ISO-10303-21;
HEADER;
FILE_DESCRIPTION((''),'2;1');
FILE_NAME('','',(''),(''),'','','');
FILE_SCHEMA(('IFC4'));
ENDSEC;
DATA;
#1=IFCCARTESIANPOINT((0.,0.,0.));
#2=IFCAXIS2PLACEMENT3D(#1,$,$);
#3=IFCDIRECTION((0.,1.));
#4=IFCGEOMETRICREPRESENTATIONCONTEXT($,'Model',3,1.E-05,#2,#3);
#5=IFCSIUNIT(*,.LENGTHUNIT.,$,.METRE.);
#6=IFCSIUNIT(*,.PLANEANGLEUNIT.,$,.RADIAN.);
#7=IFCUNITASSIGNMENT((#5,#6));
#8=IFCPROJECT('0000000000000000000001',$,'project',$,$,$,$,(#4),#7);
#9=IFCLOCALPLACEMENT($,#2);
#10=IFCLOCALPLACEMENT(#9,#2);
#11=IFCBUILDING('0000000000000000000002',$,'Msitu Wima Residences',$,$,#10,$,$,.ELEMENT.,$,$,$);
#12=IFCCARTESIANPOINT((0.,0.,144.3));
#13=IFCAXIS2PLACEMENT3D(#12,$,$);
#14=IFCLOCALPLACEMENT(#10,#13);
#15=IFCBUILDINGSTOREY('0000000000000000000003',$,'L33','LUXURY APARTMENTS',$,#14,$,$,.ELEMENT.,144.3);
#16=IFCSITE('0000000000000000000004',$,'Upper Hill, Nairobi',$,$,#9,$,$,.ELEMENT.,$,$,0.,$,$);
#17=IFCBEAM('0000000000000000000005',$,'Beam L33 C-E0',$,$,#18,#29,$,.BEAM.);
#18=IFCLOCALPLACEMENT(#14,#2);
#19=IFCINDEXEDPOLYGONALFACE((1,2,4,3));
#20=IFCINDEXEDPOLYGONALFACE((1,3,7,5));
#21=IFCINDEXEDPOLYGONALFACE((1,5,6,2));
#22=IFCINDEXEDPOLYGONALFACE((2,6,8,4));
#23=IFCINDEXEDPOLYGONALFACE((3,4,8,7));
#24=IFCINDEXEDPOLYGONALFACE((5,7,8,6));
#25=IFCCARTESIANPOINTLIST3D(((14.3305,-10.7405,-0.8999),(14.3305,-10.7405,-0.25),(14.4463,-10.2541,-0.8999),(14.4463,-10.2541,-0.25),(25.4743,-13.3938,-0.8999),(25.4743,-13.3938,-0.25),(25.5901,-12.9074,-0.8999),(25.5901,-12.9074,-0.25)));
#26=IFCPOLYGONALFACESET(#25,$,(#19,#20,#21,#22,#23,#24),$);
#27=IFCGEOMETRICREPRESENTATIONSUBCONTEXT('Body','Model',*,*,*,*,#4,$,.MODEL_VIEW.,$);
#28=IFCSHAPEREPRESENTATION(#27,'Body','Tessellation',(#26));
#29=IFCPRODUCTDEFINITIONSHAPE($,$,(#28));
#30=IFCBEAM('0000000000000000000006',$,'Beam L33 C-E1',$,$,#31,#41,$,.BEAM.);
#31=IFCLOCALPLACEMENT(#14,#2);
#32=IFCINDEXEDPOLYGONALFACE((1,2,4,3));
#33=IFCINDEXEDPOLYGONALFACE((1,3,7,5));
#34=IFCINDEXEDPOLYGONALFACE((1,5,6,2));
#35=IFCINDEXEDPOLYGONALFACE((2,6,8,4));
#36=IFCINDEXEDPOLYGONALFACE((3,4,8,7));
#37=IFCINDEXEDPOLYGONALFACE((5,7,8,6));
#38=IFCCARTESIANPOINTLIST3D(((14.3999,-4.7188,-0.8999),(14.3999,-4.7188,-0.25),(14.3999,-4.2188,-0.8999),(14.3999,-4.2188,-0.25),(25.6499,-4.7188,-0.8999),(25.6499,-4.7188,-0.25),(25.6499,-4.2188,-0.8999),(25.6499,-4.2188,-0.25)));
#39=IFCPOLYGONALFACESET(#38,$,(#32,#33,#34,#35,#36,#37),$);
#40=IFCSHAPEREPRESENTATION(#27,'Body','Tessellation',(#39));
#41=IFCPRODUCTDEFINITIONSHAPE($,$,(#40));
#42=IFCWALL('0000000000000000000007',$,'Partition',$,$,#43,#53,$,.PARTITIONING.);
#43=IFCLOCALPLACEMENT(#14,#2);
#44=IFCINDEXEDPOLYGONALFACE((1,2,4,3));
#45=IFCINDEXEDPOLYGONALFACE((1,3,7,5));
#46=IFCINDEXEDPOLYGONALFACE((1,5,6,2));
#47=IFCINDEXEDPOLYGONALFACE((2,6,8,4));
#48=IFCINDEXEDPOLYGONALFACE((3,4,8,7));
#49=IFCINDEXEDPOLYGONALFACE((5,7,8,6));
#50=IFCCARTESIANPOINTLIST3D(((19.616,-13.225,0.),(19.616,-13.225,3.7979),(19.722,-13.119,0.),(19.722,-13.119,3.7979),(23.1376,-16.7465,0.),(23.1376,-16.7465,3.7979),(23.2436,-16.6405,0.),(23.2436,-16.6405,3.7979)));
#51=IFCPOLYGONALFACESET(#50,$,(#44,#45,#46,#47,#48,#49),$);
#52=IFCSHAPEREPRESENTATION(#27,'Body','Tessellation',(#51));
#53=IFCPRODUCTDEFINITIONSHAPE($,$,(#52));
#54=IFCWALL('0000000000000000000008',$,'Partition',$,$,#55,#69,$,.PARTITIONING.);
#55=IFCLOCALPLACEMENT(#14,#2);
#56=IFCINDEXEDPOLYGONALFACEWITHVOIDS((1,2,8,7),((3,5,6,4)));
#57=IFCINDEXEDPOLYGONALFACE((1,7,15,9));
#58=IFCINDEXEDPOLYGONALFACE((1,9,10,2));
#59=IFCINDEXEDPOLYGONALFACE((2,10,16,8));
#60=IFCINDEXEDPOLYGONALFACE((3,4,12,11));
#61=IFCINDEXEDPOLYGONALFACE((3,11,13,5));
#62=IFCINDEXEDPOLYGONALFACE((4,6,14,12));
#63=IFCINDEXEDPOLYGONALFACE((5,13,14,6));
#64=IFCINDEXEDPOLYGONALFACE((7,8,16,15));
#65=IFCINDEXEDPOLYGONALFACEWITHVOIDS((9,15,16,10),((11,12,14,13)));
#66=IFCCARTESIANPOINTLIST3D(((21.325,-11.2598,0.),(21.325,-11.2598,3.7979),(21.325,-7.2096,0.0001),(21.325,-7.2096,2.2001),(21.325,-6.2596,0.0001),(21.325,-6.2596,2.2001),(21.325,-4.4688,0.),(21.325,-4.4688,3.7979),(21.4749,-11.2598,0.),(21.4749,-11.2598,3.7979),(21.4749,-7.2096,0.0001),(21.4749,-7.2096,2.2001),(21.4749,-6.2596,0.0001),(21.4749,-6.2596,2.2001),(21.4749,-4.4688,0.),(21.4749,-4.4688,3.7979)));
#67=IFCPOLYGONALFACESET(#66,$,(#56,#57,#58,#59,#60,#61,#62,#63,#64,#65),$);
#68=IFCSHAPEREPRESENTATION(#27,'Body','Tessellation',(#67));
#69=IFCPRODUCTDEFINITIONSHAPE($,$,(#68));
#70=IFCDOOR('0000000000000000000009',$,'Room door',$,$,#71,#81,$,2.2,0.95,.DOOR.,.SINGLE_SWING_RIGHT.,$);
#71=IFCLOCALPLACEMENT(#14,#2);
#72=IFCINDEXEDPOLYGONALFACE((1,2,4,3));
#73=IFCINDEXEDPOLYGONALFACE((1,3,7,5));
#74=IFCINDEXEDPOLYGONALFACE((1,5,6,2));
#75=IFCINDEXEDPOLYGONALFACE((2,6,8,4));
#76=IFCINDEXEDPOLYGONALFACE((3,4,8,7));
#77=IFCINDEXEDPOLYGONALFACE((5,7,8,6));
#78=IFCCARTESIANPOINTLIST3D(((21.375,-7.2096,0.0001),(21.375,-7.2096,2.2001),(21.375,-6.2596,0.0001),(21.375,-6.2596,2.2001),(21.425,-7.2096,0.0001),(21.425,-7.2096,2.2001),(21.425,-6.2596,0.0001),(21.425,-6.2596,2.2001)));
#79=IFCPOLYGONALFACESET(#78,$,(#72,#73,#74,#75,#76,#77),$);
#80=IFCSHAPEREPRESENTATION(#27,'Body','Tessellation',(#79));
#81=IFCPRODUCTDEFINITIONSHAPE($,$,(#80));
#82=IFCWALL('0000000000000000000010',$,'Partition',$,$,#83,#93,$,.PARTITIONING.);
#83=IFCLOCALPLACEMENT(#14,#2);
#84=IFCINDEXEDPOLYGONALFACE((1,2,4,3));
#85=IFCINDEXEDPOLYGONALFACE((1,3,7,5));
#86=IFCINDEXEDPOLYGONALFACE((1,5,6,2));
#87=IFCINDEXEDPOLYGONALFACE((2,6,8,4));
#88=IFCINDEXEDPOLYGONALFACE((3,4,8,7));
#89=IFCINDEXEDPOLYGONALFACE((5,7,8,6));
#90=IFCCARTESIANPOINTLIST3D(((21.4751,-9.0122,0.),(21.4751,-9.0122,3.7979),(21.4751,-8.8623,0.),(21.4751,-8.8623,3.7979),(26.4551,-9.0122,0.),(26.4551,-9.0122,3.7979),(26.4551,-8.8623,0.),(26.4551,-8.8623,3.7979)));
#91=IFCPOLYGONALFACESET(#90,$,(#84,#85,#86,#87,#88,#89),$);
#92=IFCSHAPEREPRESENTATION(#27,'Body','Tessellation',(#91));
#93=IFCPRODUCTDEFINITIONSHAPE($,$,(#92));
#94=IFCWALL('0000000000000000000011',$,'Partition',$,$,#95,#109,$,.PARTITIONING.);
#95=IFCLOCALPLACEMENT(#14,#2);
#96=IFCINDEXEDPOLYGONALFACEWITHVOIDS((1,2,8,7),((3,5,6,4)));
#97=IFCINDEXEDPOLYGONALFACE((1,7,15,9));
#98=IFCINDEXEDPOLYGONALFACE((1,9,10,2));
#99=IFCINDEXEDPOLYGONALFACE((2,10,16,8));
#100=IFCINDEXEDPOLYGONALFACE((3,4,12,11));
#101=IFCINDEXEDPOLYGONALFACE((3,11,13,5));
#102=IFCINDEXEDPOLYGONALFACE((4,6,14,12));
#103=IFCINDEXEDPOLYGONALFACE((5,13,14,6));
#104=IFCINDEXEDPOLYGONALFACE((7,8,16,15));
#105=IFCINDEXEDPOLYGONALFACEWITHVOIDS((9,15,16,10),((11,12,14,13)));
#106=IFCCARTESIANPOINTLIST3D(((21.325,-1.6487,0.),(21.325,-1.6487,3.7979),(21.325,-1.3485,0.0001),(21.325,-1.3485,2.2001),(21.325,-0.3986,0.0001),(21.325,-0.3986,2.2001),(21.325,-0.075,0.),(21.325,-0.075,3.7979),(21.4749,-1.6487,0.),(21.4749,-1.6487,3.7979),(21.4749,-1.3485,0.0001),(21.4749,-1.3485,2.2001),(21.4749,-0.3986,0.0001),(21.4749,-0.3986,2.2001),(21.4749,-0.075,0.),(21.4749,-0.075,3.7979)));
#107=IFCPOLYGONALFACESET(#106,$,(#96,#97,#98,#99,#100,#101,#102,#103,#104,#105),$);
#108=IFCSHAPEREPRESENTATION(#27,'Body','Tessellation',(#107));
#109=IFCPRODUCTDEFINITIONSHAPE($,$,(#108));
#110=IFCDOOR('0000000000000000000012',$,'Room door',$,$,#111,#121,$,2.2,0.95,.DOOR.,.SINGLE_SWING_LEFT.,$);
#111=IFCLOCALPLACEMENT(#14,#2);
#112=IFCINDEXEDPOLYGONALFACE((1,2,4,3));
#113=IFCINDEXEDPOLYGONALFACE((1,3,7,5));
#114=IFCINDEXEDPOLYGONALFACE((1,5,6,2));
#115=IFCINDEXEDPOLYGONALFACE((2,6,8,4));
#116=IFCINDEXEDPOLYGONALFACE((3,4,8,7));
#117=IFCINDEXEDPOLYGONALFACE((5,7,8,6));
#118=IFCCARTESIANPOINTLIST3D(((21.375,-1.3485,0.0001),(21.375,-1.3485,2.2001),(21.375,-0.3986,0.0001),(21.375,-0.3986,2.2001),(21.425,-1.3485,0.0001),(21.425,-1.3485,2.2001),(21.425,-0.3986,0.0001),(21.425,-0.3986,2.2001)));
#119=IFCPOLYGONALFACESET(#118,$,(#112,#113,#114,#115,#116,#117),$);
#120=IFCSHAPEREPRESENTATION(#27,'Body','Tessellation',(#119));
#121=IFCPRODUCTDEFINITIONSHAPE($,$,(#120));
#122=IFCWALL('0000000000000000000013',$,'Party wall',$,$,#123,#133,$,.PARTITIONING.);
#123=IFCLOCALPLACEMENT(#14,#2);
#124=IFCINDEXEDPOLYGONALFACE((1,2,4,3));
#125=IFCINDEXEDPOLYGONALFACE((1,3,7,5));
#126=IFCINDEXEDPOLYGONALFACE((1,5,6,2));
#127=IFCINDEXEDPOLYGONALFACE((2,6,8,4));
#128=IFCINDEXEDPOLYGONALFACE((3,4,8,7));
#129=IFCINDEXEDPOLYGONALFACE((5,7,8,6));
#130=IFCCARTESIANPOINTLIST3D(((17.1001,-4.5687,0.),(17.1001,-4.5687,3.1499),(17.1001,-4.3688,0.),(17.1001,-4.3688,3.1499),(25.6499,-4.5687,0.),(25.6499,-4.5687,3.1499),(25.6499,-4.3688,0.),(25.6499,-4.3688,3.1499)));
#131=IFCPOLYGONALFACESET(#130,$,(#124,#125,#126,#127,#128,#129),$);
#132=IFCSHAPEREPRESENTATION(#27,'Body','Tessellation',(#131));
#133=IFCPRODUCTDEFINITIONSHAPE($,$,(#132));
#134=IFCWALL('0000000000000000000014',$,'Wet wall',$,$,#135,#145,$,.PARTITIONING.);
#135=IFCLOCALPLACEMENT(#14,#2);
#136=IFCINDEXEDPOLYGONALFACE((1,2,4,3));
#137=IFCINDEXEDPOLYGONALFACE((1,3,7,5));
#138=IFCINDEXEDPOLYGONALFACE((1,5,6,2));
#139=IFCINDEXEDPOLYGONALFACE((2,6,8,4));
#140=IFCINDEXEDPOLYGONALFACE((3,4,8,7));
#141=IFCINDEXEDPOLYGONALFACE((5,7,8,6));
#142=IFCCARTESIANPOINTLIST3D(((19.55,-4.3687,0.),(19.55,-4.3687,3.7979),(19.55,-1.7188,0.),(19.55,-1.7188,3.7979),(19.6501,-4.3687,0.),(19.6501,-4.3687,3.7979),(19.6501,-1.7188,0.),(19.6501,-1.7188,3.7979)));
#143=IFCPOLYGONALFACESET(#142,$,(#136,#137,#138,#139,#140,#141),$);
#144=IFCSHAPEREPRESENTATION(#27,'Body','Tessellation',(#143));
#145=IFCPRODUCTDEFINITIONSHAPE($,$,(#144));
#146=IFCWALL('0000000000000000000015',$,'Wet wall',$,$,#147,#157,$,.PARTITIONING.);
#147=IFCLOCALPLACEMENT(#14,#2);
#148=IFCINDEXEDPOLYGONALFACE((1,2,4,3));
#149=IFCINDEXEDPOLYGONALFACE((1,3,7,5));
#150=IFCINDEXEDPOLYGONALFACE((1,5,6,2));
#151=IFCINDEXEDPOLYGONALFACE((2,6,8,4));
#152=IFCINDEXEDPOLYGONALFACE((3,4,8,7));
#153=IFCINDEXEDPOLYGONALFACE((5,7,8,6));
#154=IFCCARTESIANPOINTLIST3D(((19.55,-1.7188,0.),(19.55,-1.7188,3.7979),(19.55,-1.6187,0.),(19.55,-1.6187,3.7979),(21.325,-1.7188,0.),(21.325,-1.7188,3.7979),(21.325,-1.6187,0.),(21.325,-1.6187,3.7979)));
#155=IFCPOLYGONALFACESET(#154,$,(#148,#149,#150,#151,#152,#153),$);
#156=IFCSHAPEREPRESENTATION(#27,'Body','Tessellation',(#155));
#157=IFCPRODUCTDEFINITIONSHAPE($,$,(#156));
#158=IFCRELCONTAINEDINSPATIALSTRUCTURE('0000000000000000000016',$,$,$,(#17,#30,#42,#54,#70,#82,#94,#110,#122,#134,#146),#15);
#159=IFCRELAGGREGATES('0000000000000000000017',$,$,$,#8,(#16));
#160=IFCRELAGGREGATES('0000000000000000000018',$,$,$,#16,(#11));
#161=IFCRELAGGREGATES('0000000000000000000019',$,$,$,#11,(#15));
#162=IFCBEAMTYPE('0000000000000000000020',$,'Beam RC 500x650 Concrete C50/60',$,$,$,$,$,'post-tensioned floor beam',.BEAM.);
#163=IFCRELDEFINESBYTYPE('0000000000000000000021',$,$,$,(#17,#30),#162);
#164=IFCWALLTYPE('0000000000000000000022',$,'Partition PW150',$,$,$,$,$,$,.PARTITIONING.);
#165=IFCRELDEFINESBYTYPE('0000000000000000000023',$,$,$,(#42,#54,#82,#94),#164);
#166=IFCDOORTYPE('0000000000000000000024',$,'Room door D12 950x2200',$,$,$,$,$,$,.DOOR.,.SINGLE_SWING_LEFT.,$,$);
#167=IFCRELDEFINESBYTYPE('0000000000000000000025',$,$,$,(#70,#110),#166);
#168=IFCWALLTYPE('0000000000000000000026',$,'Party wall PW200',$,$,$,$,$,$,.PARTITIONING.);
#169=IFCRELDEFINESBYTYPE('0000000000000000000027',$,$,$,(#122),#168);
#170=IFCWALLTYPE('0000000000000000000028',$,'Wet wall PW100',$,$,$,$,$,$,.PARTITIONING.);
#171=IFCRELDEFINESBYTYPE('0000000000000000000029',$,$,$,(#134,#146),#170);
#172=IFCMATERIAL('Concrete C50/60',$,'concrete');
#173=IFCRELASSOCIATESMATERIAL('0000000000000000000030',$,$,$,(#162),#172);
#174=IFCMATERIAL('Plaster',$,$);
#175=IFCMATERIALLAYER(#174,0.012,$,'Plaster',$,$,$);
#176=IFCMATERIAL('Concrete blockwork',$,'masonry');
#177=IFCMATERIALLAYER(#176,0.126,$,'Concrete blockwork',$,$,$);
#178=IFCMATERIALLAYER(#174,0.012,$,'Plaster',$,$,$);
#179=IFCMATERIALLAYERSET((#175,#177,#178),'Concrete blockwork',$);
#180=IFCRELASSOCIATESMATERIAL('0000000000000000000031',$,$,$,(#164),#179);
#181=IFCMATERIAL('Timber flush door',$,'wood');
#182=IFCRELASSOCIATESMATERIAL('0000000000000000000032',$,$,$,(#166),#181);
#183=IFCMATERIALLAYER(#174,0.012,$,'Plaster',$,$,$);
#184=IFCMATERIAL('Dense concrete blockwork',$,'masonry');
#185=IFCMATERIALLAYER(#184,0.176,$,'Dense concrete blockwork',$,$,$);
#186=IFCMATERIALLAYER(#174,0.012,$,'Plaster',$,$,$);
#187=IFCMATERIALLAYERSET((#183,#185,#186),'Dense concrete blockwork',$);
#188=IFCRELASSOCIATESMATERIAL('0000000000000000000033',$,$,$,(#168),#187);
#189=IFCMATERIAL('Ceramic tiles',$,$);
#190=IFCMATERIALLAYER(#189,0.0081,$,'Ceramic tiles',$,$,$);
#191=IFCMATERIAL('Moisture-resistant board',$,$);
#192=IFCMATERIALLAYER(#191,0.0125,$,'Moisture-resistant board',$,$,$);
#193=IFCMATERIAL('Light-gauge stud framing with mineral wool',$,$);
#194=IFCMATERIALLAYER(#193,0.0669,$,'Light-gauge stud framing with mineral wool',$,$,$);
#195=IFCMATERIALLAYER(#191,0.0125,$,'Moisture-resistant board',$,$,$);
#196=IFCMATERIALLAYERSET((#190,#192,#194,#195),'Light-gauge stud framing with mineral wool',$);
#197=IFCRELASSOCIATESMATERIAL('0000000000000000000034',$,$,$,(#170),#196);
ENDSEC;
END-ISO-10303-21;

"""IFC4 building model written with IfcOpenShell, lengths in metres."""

from ifc_helpers import new_model, si_unit, direction, frame, frame_2d, origin, origin_2d, place, context, subcontext, project, spatial, rectangle, extrude, material, layer, layer_set, material_profile, profile_set, type_object, element, fill, save


model = new_model("IFC4")

# Units and contexts
model_context = context("Model", 3, precision=1e-05, world=origin(), true_north=direction((0.0, 1.0)))
body_context = subcontext(model_context, "Body", "Model", "MODEL_VIEW")
ifc_project = project(units=[si_unit("LENGTHUNIT", "METRE"), si_unit("PLANEANGLEUNIT", "RADIAN")], contexts=[model_context])

# Site, building, storey
site_placement = place(None, origin())
site = spatial("IfcSite", under=ifc_project, at=site_placement, Name="Upper Hill, Nairobi", CompositionType="ELEMENT", RefElevation=0.0)
building_placement = place(site_placement, origin())
building = spatial("IfcBuilding", under=site, at=building_placement, Name="Msitu Wima Residences", CompositionType="ELEMENT")
storey_placement = place(building_placement, frame((0.0, 0.0, 144.3)))
storey = spatial("IfcBuildingStorey", under=building, at=storey_placement, Name="L33", Description="LUXURY APARTMENTS", CompositionType="ELEMENT", Elevation=144.3)

# Beams
ifc_material_1 = material(Name="Concrete C50/60", Category="concrete")
ifc_material_profile = material_profile(ifc_material_1, rectangle(XDim=0.5, YDim=0.6499, at=origin_2d()), Name="RC 500x650")
ifc_profile_set = profile_set([ifc_material_profile], Name="Concrete C50/60")
beam_type = type_object("IfcBeamType", Name="Beam RC 500x650 Concrete C50/60", ElementType="post-tensioned floor beam", PredefinedType="BEAM", material=ifc_profile_set)
beam_1_placement = place(storey_placement, frame((25.5322, -13.1506, -0.575), z_axis=(-0.972806, 0.231623, 0.0), x_axis=(-0.231623, -0.972806, 0.0)))
element("IfcBeam", 1, at=beam_1_placement, inside=storey, type_object=beam_type, Name="Beam L33 C-E0", PredefinedType="BEAM", context=body_context, shape_type="SweptSolid", body=[
    extrude(rectangle(XDim=0.5, YDim=0.6499, at=origin_2d()), origin(), (0.0, 0.0, 1.0), 11.4553),
])
beam_2_placement = place(storey_placement, frame((25.6499, -4.4688, -0.575), z_axis=(-1.0, 0.0, 0.0), x_axis=(0.0, -1.0, 0.0)))
element("IfcBeam", 2, at=beam_2_placement, inside=storey, type_object=beam_type, Name="Beam L33 C-E1", PredefinedType="BEAM", context=body_context, shape_type="SweptSolid", body=[
    extrude(rectangle(XDim=0.5, YDim=0.6499, at=origin_2d()), origin(), (0.0, 0.0, 1.0), 11.25),
])

# Wall
ifc_material_2 = material(Name="Plaster")
ifc_layer_1 = layer(ifc_material_2, 0.012, Name="Plaster")
ifc_material_3 = material(Name="Concrete blockwork", Category="masonry")
ifc_layer_2 = layer(ifc_material_3, 0.126, Name="Concrete blockwork")
ifc_layer_3 = layer(ifc_material_2, 0.012, Name="Plaster")
ifc_layer_set_1 = layer_set([ifc_layer_1, ifc_layer_2, ifc_layer_3], Name="Concrete blockwork")
wall_type_1 = type_object("IfcWallType", Name="Partition PW150", PredefinedType="PARTITIONING", material=ifc_layer_set_1)
wall_1_placement = place(storey_placement, frame((19.6689, -13.1719, 0.0), z_axis=(0.0, 0.0, 1.0), x_axis=(0.707107, -0.707107, 0.0)))
element("IfcWall", 3, at=wall_1_placement, inside=storey, type_object=wall_type_1, Name="Partition", PredefinedType="PARTITIONING", context=body_context, shape_type="SweptSolid", body=[
    extrude(rectangle(XDim=4.9802, YDim=0.1499, at=frame_2d((2.4902, 0.0))), origin(), (0.0, 0.0, 1.0), 3.7979),
])

# Wall, opening, door
wall_2_placement = place(storey_placement, frame((21.3999, -11.2598, 0.0), z_axis=(0.0, 0.0, 1.0), x_axis=(0.0, 1.0, 0.0)))
wall_2 = element("IfcWall", 4, at=wall_2_placement, inside=storey, type_object=wall_type_1, Name="Partition", PredefinedType="PARTITIONING", context=body_context, shape_type="SweptSolid", body=[
    extrude(rectangle(XDim=6.791, YDim=0.1499, at=frame_2d((3.3955, 0.0))), origin(), (0.0, 0.0, 1.0), 3.7979),
])
opening_1_placement = place(wall_2_placement, frame((4.05, 0.0, 0.0)))
opening_1 = element("IfcOpeningElement", 5, at=opening_1_placement, cuts=wall_2, PredefinedType="OPENING", context=body_context, shape_type="SweptSolid", body=[
    extrude(rectangle(XDim=0.95, YDim=2.2, at=frame_2d((0.4751, 1.1001))), frame((0.0, 0.085, 0.0), z_axis=(0.0, -1.0, 0.0), x_axis=(1.0, 0.0, 0.0)), (0.0, 0.0, 1.0), 0.1699),
])
ifc_material_4 = material(Name="Timber flush door", Category="wood")
door_type_1 = type_object("IfcDoorType", Name="Room door D12 950x2200", OperationType="SINGLE_SWING_LEFT", PredefinedType="DOOR", material=ifc_material_4)
door_1_placement = place(opening_1_placement, origin())
door_1 = element("IfcDoor", 6, at=door_1_placement, inside=storey, type_object=door_type_1, Name="Room door", OperationType="SINGLE_SWING_RIGHT", OverallHeight=2.2, OverallWidth=0.95, PredefinedType="DOOR", context=body_context, shape_type="SweptSolid", body=[
    extrude(rectangle(XDim=0.95, YDim=2.2, at=frame_2d((0.4751, 1.1001))), frame((0.0, 0.0249, 0.0), z_axis=(0.0, -1.0, 0.0), x_axis=(1.0, 0.0, 0.0)), (0.0, 0.0, 1.0), 0.05),
])
fill(opening_1, door_1)

# Wall
wall_3_placement = place(storey_placement, frame((21.4751, -8.9373, 0.0), z_axis=(0.0, 0.0, 1.0), x_axis=(1.0, 0.0, 0.0)))
element("IfcWall", 7, at=wall_3_placement, inside=storey, type_object=wall_type_1, Name="Partition", PredefinedType="PARTITIONING", context=body_context, shape_type="SweptSolid", body=[
    extrude(rectangle(XDim=4.98, YDim=0.1499, at=frame_2d((2.49, 0.0))), origin(), (0.0, 0.0, 1.0), 3.7979),
])

# Wall, opening, door
wall_4_placement = place(storey_placement, frame((21.3999, -1.6487, 0.0), z_axis=(0.0, 0.0, 1.0), x_axis=(0.0, 1.0, 0.0)))
wall_4 = element("IfcWall", 8, at=wall_4_placement, inside=storey, type_object=wall_type_1, Name="Partition", PredefinedType="PARTITIONING", context=body_context, shape_type="SweptSolid", body=[
    extrude(rectangle(XDim=1.5737, YDim=0.1499, at=frame_2d((0.7869, 0.0))), origin(), (0.0, 0.0, 1.0), 3.7979),
])
opening_2_placement = place(wall_4_placement, frame((0.3, 0.0, 0.0)))
opening_2 = element("IfcOpeningElement", 9, at=opening_2_placement, cuts=wall_4, PredefinedType="OPENING", context=body_context, shape_type="SweptSolid", body=[
    extrude(rectangle(XDim=0.95, YDim=2.2, at=frame_2d((0.4751, 1.1001))), frame((0.0, 0.085, 0.0), z_axis=(0.0, -1.0, 0.0), x_axis=(1.0, 0.0, 0.0)), (0.0, 0.0, 1.0), 0.1699),
])
door_2_placement = place(opening_2_placement, origin())
door_2 = element("IfcDoor", 10, at=door_2_placement, inside=storey, type_object=door_type_1, Name="Room door", OperationType="SINGLE_SWING_LEFT", OverallHeight=2.2, OverallWidth=0.95, PredefinedType="DOOR", context=body_context, shape_type="SweptSolid", body=[
    extrude(rectangle(XDim=0.95, YDim=2.2, at=frame_2d((0.4751, 1.1001))), frame((0.0, 0.0249, 0.0), z_axis=(0.0, -1.0, 0.0), x_axis=(1.0, 0.0, 0.0)), (0.0, 0.0, 1.0), 0.05),
])
fill(opening_2, door_2)

# Walls
ifc_layer_4 = layer(ifc_material_2, 0.012, Name="Plaster")
ifc_material_5 = material(Name="Dense concrete blockwork", Category="masonry")
ifc_layer_5 = layer(ifc_material_5, 0.176, Name="Dense concrete blockwork")
ifc_layer_6 = layer(ifc_material_2, 0.012, Name="Plaster")
ifc_layer_set_2 = layer_set([ifc_layer_4, ifc_layer_5, ifc_layer_6], Name="Dense concrete blockwork")
wall_type_2 = type_object("IfcWallType", Name="Party wall PW200", PredefinedType="PARTITIONING", material=ifc_layer_set_2)
wall_5_placement = place(storey_placement, frame((17.1001, -4.4688, 0.0), z_axis=(0.0, 0.0, 1.0), x_axis=(1.0, 0.0, 0.0)))
element("IfcWall", 11, at=wall_5_placement, inside=storey, type_object=wall_type_2, Name="Party wall", PredefinedType="PARTITIONING", context=body_context, shape_type="SweptSolid", body=[
    extrude(rectangle(XDim=8.5498, YDim=0.2, at=frame_2d((4.2749, 0.0))), origin(), (0.0, 0.0, 1.0), 3.1499),
])
ifc_material_6 = material(Name="Ceramic tiles")
ifc_layer_7 = layer(ifc_material_6, 0.0081, Name="Ceramic tiles")
ifc_material_7 = material(Name="Moisture-resistant board")
ifc_layer_8 = layer(ifc_material_7, 0.0125, Name="Moisture-resistant board")
ifc_material_8 = material(Name="Light-gauge stud framing with mineral wool")
ifc_layer_9 = layer(ifc_material_8, 0.0669, Name="Light-gauge stud framing with mineral wool")
ifc_layer_10 = layer(ifc_material_7, 0.0125, Name="Moisture-resistant board")
ifc_layer_set_3 = layer_set([ifc_layer_7, ifc_layer_8, ifc_layer_9, ifc_layer_10], Name="Light-gauge stud framing with mineral wool")
wall_type_3 = type_object("IfcWallType", Name="Wet wall PW100", PredefinedType="PARTITIONING", material=ifc_layer_set_3)
wall_6_placement = place(storey_placement, frame((19.6001, -4.3687, 0.0), z_axis=(0.0, 0.0, 1.0), x_axis=(0.0, 1.0, 0.0)))
element("IfcWall", 12, at=wall_6_placement, inside=storey, type_object=wall_type_3, Name="Wet wall", PredefinedType="PARTITIONING", context=body_context, shape_type="SweptSolid", body=[
    extrude(rectangle(XDim=2.6499, YDim=0.1001, at=frame_2d((1.325, 0.0))), origin(), (0.0, 0.0, 1.0), 3.7979),
])
wall_7_placement = place(storey_placement, frame((19.55, -1.6687, 0.0), z_axis=(0.0, 0.0, 1.0), x_axis=(1.0, 0.0, 0.0)))
element("IfcWall", 13, at=wall_7_placement, inside=storey, type_object=wall_type_3, Name="Wet wall", PredefinedType="PARTITIONING", context=body_context, shape_type="SweptSolid", body=[
    extrude(rectangle(XDim=1.7749, YDim=0.1001, at=frame_2d((0.8875, 0.0))), origin(), (0.0, 0.0, 1.0), 3.7979),
])

save(model, "model.ifc")
